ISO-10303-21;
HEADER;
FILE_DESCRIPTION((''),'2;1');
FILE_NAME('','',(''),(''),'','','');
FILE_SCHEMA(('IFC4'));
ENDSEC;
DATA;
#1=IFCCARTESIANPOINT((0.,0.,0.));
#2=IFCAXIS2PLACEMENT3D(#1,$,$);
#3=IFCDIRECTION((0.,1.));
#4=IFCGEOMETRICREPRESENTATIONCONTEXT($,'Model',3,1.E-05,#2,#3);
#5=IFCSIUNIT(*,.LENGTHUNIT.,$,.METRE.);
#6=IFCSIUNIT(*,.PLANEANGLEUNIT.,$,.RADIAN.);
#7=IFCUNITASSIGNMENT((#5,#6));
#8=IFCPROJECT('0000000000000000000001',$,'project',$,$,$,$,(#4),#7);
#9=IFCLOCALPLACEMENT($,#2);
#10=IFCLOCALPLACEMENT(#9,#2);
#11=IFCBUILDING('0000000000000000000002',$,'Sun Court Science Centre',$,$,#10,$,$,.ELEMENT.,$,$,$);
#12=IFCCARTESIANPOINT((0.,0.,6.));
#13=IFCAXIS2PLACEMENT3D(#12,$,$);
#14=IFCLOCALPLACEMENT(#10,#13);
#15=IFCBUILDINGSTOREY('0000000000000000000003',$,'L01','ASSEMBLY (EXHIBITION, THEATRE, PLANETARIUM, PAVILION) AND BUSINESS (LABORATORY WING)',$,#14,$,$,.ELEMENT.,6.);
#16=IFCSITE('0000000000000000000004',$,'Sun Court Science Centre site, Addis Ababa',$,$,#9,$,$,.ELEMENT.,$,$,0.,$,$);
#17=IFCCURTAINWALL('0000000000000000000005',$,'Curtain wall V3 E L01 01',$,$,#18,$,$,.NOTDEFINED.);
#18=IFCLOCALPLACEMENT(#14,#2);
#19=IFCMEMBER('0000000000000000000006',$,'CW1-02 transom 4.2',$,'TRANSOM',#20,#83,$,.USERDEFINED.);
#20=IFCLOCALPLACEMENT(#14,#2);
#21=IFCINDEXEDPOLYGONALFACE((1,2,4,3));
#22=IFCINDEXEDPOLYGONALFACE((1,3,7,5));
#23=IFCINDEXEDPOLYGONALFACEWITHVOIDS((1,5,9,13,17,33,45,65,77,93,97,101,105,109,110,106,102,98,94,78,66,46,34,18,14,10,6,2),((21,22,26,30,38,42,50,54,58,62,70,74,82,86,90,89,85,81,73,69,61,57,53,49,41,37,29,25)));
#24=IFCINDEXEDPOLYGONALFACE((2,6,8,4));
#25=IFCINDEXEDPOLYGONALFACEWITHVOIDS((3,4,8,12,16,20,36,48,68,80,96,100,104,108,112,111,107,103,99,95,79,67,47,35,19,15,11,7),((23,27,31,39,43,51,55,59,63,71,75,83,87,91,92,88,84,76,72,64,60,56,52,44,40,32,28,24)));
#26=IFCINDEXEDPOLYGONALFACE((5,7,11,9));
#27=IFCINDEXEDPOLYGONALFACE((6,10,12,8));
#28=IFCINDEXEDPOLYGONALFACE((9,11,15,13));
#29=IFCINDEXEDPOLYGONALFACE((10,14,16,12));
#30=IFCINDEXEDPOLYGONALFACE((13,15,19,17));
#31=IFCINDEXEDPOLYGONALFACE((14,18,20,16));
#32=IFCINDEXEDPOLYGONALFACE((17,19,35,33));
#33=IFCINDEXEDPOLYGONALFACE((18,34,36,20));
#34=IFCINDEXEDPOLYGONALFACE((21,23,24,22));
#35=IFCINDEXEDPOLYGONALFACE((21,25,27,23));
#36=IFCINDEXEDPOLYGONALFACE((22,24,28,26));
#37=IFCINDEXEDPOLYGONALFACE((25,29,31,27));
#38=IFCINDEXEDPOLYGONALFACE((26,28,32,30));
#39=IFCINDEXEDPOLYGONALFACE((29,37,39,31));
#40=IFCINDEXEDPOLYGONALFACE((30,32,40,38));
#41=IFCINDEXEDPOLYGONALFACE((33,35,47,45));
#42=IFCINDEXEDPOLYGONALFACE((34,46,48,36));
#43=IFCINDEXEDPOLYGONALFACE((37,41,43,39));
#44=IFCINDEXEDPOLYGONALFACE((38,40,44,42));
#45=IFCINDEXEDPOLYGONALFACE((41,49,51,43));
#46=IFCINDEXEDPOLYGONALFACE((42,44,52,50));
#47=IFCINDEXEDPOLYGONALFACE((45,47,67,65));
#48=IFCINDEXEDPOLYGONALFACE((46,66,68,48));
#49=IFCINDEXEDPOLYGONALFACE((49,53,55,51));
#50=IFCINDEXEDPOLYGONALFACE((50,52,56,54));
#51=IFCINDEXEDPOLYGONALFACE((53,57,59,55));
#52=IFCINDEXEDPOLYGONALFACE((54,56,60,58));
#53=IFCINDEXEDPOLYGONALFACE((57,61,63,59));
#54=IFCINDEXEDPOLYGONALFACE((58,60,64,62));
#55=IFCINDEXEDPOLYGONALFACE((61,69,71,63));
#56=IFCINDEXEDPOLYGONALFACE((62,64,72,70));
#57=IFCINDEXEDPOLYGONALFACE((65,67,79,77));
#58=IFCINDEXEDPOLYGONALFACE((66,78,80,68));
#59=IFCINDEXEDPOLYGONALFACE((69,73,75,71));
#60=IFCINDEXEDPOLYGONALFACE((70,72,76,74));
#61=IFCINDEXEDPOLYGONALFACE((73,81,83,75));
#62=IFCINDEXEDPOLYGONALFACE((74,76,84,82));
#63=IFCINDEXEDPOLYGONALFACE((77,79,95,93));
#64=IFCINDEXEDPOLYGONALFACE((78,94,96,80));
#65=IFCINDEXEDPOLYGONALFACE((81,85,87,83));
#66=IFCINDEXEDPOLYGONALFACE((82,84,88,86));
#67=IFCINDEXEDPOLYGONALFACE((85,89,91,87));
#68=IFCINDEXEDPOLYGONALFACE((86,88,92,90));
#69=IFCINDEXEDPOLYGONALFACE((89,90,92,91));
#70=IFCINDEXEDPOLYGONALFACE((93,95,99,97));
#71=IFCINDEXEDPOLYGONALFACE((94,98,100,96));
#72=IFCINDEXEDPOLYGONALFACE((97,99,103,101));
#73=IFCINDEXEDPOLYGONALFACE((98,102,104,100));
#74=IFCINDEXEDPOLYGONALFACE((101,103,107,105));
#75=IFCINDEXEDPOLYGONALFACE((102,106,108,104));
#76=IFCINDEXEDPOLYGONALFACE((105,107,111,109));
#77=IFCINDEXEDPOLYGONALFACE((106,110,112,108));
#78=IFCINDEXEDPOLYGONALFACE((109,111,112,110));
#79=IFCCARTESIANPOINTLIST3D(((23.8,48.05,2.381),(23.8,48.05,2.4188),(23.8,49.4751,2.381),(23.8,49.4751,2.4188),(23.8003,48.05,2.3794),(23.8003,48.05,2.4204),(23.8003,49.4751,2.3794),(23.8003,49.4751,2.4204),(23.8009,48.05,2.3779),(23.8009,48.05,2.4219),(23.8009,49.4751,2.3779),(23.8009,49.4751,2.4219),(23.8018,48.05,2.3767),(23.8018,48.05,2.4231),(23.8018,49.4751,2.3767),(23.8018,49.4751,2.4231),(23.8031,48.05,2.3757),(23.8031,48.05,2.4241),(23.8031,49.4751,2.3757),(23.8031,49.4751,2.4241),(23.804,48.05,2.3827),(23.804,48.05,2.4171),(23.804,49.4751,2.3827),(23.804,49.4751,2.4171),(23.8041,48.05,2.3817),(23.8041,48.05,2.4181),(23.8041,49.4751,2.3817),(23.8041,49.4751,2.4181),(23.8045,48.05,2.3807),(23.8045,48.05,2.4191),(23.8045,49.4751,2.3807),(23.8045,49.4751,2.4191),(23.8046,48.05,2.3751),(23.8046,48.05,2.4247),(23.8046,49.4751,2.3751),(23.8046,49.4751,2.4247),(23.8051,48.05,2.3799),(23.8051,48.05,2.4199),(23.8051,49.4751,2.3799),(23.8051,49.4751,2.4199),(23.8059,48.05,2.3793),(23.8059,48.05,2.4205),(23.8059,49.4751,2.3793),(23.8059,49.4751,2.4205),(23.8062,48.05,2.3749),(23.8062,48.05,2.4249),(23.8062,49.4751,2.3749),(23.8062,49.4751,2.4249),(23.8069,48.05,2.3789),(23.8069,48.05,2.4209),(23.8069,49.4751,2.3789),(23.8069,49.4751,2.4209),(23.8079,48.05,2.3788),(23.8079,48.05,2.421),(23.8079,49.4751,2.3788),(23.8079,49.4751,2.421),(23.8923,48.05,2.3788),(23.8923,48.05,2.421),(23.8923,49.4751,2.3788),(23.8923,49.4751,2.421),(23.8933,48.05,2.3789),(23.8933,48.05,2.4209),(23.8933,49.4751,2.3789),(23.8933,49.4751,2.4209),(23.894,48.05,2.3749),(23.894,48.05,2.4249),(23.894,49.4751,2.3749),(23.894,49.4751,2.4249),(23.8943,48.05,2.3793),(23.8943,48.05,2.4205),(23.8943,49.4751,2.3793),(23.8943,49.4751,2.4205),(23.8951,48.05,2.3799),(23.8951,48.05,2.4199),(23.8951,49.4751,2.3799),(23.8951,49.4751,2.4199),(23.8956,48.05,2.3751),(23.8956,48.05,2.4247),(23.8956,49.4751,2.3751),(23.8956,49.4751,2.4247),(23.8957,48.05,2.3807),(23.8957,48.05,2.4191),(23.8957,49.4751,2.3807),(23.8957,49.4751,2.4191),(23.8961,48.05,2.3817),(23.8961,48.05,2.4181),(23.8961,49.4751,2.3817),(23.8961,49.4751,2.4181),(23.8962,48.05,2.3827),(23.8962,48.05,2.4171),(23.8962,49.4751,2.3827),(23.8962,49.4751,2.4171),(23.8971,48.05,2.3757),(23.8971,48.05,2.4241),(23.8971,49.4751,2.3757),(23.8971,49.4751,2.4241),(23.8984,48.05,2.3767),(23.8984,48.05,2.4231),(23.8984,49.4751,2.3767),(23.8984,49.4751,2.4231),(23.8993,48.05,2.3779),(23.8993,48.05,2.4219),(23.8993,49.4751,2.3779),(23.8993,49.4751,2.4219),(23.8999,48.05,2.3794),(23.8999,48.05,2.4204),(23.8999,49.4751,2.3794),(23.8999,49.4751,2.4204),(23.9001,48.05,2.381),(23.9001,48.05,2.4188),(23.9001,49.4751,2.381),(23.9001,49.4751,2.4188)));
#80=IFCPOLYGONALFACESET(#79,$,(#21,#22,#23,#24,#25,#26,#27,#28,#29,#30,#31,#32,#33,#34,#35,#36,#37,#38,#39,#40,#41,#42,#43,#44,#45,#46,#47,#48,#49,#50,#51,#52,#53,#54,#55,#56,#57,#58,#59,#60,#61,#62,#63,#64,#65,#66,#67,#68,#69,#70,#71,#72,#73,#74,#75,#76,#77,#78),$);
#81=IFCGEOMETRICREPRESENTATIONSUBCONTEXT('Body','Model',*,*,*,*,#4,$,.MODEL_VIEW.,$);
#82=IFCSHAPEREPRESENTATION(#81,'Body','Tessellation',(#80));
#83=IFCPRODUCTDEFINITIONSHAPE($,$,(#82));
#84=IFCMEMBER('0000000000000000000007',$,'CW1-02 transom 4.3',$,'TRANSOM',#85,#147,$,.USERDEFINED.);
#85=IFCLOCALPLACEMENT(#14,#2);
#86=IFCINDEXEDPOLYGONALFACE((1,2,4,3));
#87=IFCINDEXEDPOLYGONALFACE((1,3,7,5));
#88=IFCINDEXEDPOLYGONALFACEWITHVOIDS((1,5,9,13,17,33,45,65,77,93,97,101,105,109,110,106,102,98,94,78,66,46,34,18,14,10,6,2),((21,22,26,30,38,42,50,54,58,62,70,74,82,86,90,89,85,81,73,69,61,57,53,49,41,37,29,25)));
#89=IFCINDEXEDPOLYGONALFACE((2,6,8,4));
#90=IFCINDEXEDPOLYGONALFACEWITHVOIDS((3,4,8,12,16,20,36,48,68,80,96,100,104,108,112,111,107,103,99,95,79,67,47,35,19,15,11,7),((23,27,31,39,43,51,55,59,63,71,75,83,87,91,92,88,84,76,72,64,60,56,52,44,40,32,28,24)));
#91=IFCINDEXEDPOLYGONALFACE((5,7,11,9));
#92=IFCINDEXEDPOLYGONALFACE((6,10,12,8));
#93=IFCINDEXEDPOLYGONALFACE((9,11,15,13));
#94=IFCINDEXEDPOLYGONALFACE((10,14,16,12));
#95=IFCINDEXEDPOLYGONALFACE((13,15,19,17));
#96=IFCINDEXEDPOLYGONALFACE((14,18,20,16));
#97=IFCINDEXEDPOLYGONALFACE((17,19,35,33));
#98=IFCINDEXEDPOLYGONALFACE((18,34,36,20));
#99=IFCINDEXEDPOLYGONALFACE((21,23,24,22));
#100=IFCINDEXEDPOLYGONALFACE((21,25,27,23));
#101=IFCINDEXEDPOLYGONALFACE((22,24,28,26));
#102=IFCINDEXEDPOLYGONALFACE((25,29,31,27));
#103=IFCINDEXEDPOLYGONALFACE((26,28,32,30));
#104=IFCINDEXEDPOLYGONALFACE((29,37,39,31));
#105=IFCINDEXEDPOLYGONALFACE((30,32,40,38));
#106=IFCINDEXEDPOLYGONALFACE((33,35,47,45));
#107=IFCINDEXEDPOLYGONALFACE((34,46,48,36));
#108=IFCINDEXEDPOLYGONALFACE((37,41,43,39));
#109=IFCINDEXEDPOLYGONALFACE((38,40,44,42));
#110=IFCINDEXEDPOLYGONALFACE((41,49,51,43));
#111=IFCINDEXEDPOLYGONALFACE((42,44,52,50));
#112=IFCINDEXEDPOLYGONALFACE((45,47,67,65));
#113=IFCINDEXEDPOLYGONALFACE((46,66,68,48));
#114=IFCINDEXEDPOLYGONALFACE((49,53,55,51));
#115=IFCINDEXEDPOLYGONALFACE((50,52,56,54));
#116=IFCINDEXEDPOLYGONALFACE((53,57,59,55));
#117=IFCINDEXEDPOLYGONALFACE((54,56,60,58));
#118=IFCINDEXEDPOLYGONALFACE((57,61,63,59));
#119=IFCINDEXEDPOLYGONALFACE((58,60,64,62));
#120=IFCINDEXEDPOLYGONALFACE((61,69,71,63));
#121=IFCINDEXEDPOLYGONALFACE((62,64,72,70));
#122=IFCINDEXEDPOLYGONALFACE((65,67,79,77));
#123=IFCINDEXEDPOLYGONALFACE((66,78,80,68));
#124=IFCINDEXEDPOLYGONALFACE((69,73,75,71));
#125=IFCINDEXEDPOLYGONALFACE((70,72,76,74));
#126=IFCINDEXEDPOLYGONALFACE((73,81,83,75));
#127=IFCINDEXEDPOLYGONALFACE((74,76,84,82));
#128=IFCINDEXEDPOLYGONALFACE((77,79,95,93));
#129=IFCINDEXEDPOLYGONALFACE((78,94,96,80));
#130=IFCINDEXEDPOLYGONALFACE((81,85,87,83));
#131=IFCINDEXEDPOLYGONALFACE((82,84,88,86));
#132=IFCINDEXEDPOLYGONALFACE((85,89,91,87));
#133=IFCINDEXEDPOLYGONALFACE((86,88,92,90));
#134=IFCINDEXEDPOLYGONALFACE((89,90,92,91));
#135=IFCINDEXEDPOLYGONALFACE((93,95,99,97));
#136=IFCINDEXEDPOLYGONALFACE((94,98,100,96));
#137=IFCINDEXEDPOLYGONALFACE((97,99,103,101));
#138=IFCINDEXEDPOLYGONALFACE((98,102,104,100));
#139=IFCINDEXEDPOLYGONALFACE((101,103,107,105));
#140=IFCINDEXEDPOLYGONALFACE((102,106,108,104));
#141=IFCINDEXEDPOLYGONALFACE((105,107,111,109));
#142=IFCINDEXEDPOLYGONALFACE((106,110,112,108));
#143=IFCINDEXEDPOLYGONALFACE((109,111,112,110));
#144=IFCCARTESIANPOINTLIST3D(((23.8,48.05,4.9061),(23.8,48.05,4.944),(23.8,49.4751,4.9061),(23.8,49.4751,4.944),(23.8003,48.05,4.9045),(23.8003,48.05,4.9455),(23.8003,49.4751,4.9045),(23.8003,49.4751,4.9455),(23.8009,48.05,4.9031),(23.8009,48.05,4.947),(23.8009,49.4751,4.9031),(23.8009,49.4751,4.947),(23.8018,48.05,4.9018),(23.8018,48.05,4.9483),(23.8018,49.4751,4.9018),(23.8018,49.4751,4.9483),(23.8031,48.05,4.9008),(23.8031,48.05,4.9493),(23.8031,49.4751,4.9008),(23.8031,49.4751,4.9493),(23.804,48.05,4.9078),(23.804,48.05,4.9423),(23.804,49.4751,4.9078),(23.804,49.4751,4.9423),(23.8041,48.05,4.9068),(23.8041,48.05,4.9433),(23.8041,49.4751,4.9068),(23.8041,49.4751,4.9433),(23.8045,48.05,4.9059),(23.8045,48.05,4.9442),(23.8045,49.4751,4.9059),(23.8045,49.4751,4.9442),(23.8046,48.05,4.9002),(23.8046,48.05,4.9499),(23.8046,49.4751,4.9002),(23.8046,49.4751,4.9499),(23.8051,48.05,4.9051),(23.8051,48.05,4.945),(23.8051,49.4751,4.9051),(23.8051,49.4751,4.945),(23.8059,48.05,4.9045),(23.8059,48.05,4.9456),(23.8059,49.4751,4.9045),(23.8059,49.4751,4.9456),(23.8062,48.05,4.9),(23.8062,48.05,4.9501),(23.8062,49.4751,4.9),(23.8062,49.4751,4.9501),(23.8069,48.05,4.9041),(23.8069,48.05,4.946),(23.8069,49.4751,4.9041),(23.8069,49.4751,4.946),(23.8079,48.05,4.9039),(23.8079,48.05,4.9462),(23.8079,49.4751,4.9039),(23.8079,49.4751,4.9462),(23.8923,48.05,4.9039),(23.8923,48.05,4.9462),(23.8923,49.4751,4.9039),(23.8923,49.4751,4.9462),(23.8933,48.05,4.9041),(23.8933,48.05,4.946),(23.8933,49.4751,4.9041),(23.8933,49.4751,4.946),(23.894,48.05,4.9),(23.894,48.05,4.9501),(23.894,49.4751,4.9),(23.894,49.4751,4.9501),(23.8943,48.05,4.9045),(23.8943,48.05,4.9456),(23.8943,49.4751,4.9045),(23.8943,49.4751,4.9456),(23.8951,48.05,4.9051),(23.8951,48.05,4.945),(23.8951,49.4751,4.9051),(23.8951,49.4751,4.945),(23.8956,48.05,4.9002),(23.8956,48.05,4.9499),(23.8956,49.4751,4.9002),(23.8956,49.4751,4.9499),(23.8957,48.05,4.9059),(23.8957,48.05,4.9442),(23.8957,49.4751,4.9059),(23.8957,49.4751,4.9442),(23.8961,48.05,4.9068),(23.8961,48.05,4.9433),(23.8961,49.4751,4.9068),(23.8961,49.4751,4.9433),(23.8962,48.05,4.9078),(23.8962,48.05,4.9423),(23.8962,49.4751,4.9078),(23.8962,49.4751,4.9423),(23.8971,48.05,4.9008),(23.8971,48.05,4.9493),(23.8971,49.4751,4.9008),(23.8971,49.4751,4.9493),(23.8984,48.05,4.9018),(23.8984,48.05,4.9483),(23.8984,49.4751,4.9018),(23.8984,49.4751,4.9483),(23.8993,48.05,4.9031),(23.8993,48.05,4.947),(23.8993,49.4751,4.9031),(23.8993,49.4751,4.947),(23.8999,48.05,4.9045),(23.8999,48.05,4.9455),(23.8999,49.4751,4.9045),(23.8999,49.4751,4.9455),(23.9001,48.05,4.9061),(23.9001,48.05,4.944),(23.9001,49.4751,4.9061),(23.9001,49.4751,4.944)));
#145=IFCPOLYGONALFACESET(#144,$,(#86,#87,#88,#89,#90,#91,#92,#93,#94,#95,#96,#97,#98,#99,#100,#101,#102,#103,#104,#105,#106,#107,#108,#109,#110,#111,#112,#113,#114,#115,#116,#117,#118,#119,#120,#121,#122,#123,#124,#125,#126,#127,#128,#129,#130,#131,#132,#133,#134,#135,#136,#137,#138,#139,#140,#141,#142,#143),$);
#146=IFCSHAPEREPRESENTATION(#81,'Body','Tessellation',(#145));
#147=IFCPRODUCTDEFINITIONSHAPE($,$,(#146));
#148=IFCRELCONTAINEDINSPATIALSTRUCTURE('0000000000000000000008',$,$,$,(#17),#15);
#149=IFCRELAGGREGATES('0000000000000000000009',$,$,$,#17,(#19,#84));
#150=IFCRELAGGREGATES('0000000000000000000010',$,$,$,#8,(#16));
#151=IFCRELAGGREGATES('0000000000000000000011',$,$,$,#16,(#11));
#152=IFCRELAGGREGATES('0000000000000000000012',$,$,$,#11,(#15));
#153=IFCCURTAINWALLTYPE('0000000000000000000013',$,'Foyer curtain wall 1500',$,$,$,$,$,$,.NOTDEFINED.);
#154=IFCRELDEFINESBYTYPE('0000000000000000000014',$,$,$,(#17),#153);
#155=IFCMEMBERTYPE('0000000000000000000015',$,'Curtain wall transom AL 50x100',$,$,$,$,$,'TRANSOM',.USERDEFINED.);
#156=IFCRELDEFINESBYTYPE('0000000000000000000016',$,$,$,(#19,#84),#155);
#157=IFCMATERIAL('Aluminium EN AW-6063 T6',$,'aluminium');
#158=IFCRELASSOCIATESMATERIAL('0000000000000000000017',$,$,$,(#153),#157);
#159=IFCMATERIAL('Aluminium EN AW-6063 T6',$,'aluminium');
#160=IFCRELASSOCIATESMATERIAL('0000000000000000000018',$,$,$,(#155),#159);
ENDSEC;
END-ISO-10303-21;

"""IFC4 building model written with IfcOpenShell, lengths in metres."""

from ifc_helpers import new_model, si_unit, direction, frame, origin, origin_2d, place, context, subcontext, project, spatial, hollow_rectangle, extrude, material, material_profile, profile_set, type_object, element, aggregate, save


model = new_model("IFC4")

# Units and contexts
model_context = context("Model", 3, precision=1e-05, world=origin(), true_north=direction((0.0, 1.0)))
body_context = subcontext(model_context, "Body", "Model", "MODEL_VIEW")
ifc_project = project(units=[si_unit("LENGTHUNIT", "METRE"), si_unit("PLANEANGLEUNIT", "RADIAN")], contexts=[model_context])

# Site, building, storey
site_placement = place(None, origin())
site = spatial("IfcSite", under=ifc_project, at=site_placement, Name="Sun Court Science Centre site, Addis Ababa", CompositionType="ELEMENT", RefElevation=0.0)
building_placement = place(site_placement, origin())
building = spatial("IfcBuilding", under=site, at=building_placement, Name="Sun Court Science Centre", CompositionType="ELEMENT")
storey_placement = place(building_placement, frame((0.0, 0.0, 6.0)))
storey = spatial("IfcBuildingStorey", under=building, at=storey_placement, Name="L01", Description="ASSEMBLY (EXHIBITION, THEATRE, PLANETARIUM, PAVILION) AND BUSINESS (LABORATORY WING)", CompositionType="ELEMENT", Elevation=6.0)

# Curtain wall, members
ifc_material_1 = material(Name="Aluminium EN AW-6063 T6", Category="aluminium")
curtain_wall_type = type_object("IfcCurtainWallType", Name="Foyer curtain wall 1500", PredefinedType="NOTDEFINED", material=ifc_material_1)
curtain_wall_placement = place(storey_placement, origin())
curtain_wall = element("IfcCurtainWall", 1, at=curtain_wall_placement, inside=storey, type_object=curtain_wall_type, Name="Curtain wall V3 E L01 01", PredefinedType="NOTDEFINED")
ifc_material_2 = material(Name="Aluminium EN AW-6063 T6", Category="aluminium")
ifc_material_profile_1 = material_profile(ifc_material_2, hollow_rectangle(XDim=0.05, YDim=0.1001, WallThickness=0.0039, InnerFilletRadius=0.0039, OuterFilletRadius=0.0061, at=origin_2d()), Name="AL 50x100x4")
ifc_profile_set_1 = profile_set([ifc_material_profile_1], Name="Aluminium EN AW-6063 T6")
member_type_1 = type_object("IfcMemberType", Name="Curtain wall transom AL 50x100", ElementType="TRANSOM", PredefinedType="USERDEFINED", material=ifc_profile_set_1)
member_1_placement = place(storey_placement, frame((23.8501, 49.4751, 2.3999), z_axis=(0.0, -1.0, 0.0), x_axis=(0.0, 0.0, 1.0)))
member_1 = element("IfcMember", 2, at=member_1_placement, type_object=member_type_1, Name="CW1-02 transom 4.2", ObjectType="TRANSOM", PredefinedType="USERDEFINED", context=body_context, shape_type="SweptSolid", body=[
    extrude(hollow_rectangle(XDim=0.05, YDim=0.1001, WallThickness=0.0039, InnerFilletRadius=0.0039, OuterFilletRadius=0.0061, at=origin_2d()), origin(), (0.0, 0.0, 1.0), 1.425),
])
member_2_placement = place(storey_placement, frame((23.8501, 49.4751, 4.925), z_axis=(0.0, -1.0, 0.0), x_axis=(0.0, 0.0, 1.0)))
member_2 = element("IfcMember", 3, at=member_2_placement, type_object=member_type_1, Name="CW1-02 transom 4.3", ObjectType="TRANSOM", PredefinedType="USERDEFINED", context=body_context, shape_type="SweptSolid", body=[
    extrude(hollow_rectangle(XDim=0.05, YDim=0.1001, WallThickness=0.0039, InnerFilletRadius=0.0039, OuterFilletRadius=0.0061, at=origin_2d()), origin(), (0.0, 0.0, 1.0), 1.425),
])

aggregate(curtain_wall, [member_1, member_2])

save(model, "model.ifc")
